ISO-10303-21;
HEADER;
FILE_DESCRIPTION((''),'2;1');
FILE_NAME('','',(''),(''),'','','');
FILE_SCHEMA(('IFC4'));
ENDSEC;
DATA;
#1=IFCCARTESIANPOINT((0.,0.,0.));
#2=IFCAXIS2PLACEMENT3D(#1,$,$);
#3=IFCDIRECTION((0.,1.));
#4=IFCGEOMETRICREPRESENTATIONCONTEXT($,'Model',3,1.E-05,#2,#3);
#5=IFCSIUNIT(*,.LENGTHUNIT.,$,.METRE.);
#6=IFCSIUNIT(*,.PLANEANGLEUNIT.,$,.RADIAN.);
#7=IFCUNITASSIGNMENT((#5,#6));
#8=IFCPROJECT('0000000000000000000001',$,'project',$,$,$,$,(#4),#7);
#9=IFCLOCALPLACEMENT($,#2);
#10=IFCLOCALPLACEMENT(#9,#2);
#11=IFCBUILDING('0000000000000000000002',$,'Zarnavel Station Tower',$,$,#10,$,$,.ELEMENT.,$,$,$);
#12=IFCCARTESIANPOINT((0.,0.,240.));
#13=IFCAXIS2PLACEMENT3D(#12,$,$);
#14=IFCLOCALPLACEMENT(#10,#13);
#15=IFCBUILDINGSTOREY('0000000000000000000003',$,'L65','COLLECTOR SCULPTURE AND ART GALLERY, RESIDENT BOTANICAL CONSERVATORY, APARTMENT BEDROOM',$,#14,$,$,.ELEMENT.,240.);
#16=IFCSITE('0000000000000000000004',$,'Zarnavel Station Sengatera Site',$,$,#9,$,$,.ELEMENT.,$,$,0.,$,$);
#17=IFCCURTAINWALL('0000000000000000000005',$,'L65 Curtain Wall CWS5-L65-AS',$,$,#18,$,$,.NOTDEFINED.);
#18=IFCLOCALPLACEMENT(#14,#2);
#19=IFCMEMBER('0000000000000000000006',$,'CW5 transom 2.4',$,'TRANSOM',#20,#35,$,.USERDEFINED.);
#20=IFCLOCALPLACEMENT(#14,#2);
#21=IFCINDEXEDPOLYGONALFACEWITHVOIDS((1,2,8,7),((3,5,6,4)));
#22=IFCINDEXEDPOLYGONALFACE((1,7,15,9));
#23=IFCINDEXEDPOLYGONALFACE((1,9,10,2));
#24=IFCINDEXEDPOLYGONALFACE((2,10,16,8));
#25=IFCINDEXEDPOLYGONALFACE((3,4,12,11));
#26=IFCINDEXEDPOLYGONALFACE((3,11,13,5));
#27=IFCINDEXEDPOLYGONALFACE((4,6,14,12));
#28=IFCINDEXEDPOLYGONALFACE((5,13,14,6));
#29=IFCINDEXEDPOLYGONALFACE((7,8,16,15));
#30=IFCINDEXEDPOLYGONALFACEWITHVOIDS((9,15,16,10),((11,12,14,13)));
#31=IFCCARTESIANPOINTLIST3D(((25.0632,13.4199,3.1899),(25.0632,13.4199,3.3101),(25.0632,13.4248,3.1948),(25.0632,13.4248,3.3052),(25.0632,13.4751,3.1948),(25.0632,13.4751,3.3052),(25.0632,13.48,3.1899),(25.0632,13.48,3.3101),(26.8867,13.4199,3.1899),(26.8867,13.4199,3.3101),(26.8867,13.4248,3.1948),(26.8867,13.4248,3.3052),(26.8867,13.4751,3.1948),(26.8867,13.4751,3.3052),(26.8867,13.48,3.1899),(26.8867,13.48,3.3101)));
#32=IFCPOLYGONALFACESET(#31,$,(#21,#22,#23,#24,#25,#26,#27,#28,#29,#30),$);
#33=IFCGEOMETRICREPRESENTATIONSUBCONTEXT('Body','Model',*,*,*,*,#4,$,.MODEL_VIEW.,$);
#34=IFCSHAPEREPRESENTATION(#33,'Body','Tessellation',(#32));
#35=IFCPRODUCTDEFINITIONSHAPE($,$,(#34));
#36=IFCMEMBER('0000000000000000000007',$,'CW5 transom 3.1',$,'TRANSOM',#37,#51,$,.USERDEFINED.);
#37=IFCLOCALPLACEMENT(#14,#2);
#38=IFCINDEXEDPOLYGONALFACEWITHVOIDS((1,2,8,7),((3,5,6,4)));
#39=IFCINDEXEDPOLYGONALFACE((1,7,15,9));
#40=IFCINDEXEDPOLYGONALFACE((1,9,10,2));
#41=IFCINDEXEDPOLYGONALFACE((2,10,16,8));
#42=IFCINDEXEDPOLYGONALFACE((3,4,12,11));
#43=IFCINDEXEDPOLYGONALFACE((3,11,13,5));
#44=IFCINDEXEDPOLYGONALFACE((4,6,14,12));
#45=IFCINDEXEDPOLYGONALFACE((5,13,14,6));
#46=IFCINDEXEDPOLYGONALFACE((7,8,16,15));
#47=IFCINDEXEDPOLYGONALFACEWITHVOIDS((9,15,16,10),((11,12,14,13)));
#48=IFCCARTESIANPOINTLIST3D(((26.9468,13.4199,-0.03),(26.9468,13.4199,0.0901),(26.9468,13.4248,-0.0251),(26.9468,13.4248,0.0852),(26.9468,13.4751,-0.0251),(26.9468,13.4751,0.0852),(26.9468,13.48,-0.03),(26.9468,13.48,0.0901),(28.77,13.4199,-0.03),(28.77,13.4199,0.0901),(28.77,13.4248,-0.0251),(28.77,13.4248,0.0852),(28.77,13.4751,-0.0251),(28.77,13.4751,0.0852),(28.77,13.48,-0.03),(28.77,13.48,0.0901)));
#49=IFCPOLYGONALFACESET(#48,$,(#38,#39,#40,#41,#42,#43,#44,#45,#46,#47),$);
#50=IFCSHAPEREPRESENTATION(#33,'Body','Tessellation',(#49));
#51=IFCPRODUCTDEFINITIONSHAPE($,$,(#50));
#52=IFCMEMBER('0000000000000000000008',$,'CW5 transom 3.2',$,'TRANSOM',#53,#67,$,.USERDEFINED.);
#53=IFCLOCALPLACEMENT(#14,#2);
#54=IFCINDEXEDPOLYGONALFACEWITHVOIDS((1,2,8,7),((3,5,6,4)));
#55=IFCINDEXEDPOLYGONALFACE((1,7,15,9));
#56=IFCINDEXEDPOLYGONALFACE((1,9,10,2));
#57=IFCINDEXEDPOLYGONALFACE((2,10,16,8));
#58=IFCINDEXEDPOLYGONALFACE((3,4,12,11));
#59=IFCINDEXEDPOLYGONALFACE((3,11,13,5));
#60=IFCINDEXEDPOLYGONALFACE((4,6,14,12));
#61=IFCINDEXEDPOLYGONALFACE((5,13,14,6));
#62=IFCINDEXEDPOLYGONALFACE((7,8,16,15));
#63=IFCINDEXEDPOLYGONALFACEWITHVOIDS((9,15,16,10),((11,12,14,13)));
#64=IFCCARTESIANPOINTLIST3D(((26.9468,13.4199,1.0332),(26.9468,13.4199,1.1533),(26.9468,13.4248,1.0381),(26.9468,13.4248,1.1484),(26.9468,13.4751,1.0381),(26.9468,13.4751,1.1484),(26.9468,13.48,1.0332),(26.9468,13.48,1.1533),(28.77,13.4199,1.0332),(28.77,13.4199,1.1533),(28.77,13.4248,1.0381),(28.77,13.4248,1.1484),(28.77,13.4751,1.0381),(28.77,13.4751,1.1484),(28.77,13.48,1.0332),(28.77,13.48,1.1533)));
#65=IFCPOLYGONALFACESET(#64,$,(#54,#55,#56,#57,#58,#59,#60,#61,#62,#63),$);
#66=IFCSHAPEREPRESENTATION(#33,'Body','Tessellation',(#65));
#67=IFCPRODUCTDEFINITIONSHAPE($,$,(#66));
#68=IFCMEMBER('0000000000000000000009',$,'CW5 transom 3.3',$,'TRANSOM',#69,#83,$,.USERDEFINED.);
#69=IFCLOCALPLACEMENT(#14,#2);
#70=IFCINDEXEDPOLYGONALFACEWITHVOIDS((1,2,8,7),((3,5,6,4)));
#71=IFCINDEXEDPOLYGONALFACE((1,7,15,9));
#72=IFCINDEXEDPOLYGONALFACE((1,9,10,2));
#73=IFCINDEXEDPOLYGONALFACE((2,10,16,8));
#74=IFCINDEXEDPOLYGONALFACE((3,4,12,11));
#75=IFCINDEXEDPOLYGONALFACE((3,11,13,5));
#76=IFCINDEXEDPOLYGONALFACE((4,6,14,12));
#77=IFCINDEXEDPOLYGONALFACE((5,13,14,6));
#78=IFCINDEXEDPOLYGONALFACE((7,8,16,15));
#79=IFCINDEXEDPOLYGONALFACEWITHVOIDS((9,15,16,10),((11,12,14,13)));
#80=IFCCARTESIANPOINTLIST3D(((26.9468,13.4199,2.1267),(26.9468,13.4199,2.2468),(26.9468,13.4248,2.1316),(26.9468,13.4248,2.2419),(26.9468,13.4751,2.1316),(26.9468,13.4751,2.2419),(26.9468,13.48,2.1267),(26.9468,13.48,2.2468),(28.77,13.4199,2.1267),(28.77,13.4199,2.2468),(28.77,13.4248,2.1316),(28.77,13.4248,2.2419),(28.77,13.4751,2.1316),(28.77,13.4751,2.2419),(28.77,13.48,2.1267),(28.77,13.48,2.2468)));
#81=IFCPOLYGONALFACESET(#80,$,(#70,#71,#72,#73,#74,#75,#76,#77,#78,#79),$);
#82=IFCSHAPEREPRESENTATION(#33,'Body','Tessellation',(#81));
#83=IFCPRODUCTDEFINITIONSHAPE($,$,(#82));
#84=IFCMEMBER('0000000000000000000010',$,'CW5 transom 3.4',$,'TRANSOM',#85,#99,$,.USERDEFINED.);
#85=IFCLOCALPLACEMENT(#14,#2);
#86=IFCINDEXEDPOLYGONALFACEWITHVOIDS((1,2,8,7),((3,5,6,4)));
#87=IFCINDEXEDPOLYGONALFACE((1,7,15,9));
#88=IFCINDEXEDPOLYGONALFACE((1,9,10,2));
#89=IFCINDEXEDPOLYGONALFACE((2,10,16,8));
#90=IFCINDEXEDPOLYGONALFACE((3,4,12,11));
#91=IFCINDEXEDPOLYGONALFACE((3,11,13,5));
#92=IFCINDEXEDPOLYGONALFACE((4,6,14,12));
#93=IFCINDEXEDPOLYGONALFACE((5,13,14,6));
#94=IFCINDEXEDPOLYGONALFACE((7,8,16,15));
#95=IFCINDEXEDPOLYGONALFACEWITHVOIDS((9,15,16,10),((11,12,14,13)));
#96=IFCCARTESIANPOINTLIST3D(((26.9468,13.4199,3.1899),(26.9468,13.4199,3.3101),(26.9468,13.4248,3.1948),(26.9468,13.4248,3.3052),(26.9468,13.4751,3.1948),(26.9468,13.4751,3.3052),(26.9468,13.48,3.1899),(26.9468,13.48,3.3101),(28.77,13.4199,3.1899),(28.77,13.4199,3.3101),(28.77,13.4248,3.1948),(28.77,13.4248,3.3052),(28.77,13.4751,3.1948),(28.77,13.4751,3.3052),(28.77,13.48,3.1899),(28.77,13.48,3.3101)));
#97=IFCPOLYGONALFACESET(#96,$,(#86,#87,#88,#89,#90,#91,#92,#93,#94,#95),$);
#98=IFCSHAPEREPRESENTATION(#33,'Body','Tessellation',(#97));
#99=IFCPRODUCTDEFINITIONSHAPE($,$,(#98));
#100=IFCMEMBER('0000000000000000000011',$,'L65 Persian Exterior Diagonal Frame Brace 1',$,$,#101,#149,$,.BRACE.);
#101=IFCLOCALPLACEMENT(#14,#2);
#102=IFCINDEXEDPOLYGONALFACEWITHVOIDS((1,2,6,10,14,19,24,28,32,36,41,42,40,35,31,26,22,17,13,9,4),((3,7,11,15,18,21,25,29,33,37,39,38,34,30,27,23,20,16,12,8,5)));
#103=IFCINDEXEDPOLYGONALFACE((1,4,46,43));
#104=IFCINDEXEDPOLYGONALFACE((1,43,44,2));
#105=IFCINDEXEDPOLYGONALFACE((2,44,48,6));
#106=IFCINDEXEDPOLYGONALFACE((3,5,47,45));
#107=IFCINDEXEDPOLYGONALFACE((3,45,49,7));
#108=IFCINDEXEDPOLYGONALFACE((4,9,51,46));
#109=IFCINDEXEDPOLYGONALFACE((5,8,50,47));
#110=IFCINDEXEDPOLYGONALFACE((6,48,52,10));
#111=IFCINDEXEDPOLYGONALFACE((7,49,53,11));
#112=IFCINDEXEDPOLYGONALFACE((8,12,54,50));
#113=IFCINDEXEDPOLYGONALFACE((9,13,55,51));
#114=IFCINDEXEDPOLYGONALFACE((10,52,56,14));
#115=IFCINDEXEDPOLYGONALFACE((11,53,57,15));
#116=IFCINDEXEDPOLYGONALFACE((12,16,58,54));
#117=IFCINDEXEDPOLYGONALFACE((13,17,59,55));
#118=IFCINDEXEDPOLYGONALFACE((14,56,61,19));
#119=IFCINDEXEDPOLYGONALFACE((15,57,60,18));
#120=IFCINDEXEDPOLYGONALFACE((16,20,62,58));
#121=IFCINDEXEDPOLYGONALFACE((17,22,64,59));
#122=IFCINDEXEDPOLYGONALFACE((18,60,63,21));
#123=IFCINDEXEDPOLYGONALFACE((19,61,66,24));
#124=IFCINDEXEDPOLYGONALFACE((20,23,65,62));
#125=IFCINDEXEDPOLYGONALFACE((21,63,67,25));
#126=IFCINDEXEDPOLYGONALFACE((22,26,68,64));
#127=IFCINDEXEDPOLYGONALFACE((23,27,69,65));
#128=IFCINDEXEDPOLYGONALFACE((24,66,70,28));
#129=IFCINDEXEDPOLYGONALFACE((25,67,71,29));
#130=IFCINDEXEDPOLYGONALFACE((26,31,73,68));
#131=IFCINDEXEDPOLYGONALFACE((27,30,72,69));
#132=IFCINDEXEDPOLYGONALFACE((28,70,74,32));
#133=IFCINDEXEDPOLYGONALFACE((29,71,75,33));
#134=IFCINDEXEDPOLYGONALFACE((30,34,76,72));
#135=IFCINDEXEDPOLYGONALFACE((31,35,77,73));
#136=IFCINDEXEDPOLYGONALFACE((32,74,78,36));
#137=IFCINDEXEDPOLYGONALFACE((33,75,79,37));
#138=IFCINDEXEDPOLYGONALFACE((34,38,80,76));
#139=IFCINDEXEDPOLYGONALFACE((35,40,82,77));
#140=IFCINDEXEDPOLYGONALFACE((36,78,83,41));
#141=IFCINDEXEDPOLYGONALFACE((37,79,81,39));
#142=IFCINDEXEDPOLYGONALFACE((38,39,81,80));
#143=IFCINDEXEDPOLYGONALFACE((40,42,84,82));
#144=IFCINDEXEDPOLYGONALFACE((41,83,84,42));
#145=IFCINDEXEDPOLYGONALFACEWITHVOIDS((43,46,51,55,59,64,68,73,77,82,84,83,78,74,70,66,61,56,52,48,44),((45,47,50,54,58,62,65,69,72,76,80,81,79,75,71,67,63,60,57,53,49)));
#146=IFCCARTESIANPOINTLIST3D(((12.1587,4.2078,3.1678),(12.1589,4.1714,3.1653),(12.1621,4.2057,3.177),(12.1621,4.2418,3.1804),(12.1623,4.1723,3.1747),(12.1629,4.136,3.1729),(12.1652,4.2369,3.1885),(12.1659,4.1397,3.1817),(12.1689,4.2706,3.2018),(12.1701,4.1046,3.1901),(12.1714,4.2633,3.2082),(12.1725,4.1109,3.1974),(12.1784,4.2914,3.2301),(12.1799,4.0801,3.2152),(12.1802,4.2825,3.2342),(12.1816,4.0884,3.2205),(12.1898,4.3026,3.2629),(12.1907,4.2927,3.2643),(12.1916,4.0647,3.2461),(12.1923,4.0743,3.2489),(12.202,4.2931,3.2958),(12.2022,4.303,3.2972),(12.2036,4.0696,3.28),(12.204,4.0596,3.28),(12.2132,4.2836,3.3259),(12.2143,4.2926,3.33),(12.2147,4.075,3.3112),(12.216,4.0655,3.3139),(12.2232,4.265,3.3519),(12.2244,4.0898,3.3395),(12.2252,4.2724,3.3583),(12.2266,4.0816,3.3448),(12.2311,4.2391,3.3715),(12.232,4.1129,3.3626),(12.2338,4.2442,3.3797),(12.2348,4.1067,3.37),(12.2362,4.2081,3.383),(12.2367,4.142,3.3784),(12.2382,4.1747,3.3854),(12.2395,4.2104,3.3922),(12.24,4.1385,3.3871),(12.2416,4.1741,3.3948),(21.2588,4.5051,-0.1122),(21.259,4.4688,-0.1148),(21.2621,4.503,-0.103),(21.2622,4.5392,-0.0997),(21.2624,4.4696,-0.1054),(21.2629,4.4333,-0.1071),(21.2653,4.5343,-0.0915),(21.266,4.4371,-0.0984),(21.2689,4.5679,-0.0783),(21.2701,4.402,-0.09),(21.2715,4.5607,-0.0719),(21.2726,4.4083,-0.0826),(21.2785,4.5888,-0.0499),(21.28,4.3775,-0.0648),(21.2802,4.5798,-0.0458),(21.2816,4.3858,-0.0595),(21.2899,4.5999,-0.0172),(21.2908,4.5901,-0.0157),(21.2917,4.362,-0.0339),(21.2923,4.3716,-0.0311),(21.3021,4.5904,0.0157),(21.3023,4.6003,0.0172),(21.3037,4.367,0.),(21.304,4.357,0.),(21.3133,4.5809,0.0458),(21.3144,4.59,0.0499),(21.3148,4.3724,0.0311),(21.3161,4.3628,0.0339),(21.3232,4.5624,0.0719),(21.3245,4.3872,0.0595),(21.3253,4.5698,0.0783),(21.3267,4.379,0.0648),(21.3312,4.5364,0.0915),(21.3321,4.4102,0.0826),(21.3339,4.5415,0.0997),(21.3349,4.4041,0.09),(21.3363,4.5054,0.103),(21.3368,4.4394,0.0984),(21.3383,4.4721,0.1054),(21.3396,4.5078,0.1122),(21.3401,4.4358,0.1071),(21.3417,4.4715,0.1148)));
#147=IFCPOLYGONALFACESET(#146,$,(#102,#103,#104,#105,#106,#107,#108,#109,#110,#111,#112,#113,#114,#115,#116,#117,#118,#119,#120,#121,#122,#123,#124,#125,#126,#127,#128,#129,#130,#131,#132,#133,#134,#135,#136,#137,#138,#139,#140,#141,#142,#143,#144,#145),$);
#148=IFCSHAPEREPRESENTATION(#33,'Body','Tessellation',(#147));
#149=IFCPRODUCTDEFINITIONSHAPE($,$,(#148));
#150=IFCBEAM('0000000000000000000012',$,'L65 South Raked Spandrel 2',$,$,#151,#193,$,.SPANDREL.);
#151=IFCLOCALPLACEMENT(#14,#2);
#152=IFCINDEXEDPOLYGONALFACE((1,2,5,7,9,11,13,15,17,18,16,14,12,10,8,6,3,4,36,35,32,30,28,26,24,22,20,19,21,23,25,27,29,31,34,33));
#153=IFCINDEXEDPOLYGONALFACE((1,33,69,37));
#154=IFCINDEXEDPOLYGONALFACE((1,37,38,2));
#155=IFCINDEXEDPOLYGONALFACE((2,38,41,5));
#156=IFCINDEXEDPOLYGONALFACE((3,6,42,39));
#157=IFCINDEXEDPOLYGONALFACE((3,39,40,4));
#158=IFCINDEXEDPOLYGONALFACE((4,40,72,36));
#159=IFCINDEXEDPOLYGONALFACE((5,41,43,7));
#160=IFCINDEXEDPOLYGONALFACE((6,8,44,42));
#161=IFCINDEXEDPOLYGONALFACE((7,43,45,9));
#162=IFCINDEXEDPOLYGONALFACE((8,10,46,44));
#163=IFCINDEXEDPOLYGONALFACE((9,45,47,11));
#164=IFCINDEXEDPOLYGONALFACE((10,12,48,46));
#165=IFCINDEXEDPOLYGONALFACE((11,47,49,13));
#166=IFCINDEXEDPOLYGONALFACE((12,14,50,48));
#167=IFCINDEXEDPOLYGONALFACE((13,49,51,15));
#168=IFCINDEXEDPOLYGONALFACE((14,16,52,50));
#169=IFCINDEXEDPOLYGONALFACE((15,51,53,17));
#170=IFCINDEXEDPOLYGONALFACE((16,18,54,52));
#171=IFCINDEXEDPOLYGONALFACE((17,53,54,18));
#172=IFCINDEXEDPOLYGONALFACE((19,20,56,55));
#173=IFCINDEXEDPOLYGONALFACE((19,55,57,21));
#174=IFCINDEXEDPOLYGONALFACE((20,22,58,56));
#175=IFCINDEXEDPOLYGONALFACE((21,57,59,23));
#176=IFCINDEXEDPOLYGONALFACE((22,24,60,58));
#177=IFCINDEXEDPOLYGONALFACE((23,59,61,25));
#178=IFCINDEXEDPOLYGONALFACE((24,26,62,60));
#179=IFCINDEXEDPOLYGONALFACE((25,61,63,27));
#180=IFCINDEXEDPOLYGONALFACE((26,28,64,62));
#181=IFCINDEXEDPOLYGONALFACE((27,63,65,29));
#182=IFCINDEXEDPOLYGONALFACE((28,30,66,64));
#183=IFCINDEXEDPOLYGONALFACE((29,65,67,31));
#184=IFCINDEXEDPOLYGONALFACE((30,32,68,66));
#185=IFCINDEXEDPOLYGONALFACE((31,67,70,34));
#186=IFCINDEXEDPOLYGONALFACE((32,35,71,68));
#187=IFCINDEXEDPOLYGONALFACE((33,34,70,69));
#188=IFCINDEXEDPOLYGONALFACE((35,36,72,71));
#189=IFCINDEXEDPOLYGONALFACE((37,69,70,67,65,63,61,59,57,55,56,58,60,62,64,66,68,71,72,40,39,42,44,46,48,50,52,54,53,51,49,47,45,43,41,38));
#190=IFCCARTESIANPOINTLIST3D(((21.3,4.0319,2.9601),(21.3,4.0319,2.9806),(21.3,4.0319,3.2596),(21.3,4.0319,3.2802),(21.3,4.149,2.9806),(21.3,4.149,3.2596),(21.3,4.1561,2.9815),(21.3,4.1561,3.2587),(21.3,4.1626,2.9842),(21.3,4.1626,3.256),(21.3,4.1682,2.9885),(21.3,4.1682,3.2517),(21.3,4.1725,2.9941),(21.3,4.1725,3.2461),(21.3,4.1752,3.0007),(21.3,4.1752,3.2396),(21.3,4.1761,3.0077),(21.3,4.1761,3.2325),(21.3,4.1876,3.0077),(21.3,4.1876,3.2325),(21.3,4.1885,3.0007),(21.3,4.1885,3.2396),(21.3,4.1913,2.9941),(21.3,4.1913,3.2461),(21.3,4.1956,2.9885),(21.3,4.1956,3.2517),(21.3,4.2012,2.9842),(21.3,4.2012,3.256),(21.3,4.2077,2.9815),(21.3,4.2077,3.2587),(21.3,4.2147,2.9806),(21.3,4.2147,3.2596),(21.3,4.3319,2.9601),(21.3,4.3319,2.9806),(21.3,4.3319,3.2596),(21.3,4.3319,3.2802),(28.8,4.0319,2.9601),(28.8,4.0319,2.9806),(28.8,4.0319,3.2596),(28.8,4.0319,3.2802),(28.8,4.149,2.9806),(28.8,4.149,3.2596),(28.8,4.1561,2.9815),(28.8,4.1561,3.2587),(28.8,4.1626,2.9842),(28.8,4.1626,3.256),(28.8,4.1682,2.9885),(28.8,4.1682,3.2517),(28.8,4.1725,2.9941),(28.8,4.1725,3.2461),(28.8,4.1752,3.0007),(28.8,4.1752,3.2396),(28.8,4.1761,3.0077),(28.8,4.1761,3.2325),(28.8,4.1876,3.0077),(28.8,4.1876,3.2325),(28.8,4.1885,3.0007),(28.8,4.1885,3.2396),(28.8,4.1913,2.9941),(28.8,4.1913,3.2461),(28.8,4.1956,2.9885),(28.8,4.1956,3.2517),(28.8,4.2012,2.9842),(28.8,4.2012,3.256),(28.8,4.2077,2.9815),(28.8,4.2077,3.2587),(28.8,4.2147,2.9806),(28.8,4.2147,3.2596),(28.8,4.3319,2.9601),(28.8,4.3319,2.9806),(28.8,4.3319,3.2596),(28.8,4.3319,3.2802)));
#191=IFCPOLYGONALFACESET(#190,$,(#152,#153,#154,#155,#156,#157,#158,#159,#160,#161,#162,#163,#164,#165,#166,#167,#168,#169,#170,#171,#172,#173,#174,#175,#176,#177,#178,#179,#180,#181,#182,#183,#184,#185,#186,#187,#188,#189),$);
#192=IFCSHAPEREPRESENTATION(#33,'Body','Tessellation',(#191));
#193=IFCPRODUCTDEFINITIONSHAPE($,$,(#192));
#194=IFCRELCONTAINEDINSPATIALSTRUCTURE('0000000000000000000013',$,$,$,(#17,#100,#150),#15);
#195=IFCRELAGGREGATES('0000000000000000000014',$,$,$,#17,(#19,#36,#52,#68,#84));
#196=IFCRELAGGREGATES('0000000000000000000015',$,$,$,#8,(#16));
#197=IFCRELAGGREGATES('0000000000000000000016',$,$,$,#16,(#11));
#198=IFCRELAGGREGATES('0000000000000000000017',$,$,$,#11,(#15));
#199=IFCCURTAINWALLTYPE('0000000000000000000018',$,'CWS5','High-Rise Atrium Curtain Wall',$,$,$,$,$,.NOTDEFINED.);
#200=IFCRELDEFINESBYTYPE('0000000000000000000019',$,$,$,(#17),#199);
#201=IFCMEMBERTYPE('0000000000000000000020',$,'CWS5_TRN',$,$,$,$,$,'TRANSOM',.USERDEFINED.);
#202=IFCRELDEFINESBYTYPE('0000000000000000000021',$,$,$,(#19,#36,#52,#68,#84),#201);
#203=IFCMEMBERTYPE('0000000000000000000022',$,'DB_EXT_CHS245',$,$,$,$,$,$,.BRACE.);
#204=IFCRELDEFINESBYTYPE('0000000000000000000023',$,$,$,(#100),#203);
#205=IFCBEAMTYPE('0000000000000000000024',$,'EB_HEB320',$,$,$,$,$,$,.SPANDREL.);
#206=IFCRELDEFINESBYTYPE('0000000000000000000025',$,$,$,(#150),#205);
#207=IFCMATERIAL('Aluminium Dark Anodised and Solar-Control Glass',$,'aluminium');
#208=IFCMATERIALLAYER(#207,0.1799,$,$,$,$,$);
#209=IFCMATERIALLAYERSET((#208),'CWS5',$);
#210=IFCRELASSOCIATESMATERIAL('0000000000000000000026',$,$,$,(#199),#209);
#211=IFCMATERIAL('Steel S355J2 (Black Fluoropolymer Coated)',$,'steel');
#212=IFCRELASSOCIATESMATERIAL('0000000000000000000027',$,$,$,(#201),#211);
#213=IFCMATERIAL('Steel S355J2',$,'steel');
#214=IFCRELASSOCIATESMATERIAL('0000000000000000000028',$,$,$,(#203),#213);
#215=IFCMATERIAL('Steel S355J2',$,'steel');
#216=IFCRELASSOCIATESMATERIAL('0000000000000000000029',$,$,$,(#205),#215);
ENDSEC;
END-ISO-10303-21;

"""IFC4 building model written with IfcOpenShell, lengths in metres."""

from ifc_helpers import new_model, si_unit, direction, frame, origin, origin_2d, place, context, subcontext, project, spatial, hollow_rectangle, hollow_circle, i_section, extrude, material, layer, layer_set, material_profile, profile_set, type_object, element, aggregate, save


model = new_model("IFC4")

# Units and contexts
model_context = context("Model", 3, precision=1e-05, world=origin(), true_north=direction((0.0, 1.0)))
body_context = subcontext(model_context, "Body", "Model", "MODEL_VIEW")
ifc_project = project(units=[si_unit("LENGTHUNIT", "METRE"), si_unit("PLANEANGLEUNIT", "RADIAN")], contexts=[model_context])

# Site, building, storey
site_placement = place(None, origin())
site = spatial("IfcSite", under=ifc_project, at=site_placement, Name="Zarnavel Station Sengatera Site", CompositionType="ELEMENT", RefElevation=0.0)
building_placement = place(site_placement, origin())
building = spatial("IfcBuilding", under=site, at=building_placement, Name="Zarnavel Station Tower", CompositionType="ELEMENT")
storey_placement = place(building_placement, frame((0.0, 0.0, 240.0)))
storey = spatial("IfcBuildingStorey", under=building, at=storey_placement, Name="L65", Description="COLLECTOR SCULPTURE AND ART GALLERY, RESIDENT BOTANICAL CONSERVATORY, APARTMENT BEDROOM", CompositionType="ELEMENT", Elevation=240.0)

# Curtain wall, members
ifc_material_1 = material(Name="Aluminium Dark Anodised and Solar-Control Glass", Category="aluminium")
ifc_layer_1 = layer(ifc_material_1, 0.1799)
ifc_layer_set_1 = layer_set([ifc_layer_1], Name="CWS5")
curtain_wall_type = type_object("IfcCurtainWallType", Name="CWS5", Description="High-Rise Atrium Curtain Wall", PredefinedType="NOTDEFINED", material=ifc_layer_set_1)
curtain_wall_placement = place(storey_placement, origin())
curtain_wall = element("IfcCurtainWall", 1, at=curtain_wall_placement, inside=storey, type_object=curtain_wall_type, Name="L65 Curtain Wall CWS5-L65-AS", PredefinedType="NOTDEFINED")
ifc_material_2 = material(Name="Steel S355J2 (Black Fluoropolymer Coated)", Category="steel")
ifc_material_profile_1 = material_profile(ifc_material_2, hollow_rectangle(XDim=0.0601, YDim=0.1201, WallThickness=0.0049, at=origin_2d()), Name="RHS120x60x5")
ifc_profile_set_1 = profile_set([ifc_material_profile_1], Name="Steel S355J2 (Black Fluoropolymer Coated)")
member_type_1 = type_object("IfcMemberType", Name="CWS5_TRN", ElementType="TRANSOM", PredefinedType="USERDEFINED", material=ifc_profile_set_1)
member_1_placement = place(storey_placement, frame((25.0632, 13.45, 3.25), z_axis=(1.0, 0.0, 0.0), x_axis=(0.0, 1.0, 0.0)))
member_1 = element("IfcMember", 2, at=member_1_placement, type_object=member_type_1, Name="CW5 transom 2.4", ObjectType="TRANSOM", PredefinedType="USERDEFINED", context=body_context, shape_type="SweptSolid", body=[
    extrude(hollow_rectangle(XDim=0.0601, YDim=0.1201, WallThickness=0.0049, at=origin_2d()), origin(), (0.0, 0.0, 1.0), 1.8235),
])
member_2_placement = place(storey_placement, frame((26.9468, 13.45, 0.03), z_axis=(1.0, 0.0, 0.0), x_axis=(0.0, 1.0, 0.0)))
member_2 = element("IfcMember", 3, at=member_2_placement, type_object=member_type_1, Name="CW5 transom 3.1", ObjectType="TRANSOM", PredefinedType="USERDEFINED", context=body_context, shape_type="SweptSolid", body=[
    extrude(hollow_rectangle(XDim=0.0601, YDim=0.1201, WallThickness=0.0049, at=origin_2d()), origin(), (0.0, 0.0, 1.0), 1.8232),
])
member_3_placement = place(storey_placement, frame((26.9468, 13.45, 1.0933), z_axis=(1.0, 0.0, 0.0), x_axis=(0.0, 1.0, 0.0)))
member_3 = element("IfcMember", 4, at=member_3_placement, type_object=member_type_1, Name="CW5 transom 3.2", ObjectType="TRANSOM", PredefinedType="USERDEFINED", context=body_context, shape_type="SweptSolid", body=[
    extrude(hollow_rectangle(XDim=0.0601, YDim=0.1201, WallThickness=0.0049, at=origin_2d()), origin(), (0.0, 0.0, 1.0), 1.8232),
])
member_4_placement = place(storey_placement, frame((26.9468, 13.45, 2.1868), z_axis=(1.0, 0.0, 0.0), x_axis=(0.0, 1.0, 0.0)))
member_4 = element("IfcMember", 5, at=member_4_placement, type_object=member_type_1, Name="CW5 transom 3.3", ObjectType="TRANSOM", PredefinedType="USERDEFINED", context=body_context, shape_type="SweptSolid", body=[
    extrude(hollow_rectangle(XDim=0.0601, YDim=0.1201, WallThickness=0.0049, at=origin_2d()), origin(), (0.0, 0.0, 1.0), 1.8232),
])
member_5_placement = place(storey_placement, frame((26.9468, 13.45, 3.25), z_axis=(1.0, 0.0, 0.0), x_axis=(0.0, 1.0, 0.0)))
member_5 = element("IfcMember", 6, at=member_5_placement, type_object=member_type_1, Name="CW5 transom 3.4", ObjectType="TRANSOM", PredefinedType="USERDEFINED", context=body_context, shape_type="SweptSolid", body=[
    extrude(hollow_rectangle(XDim=0.0601, YDim=0.1201, WallThickness=0.0049, at=origin_2d()), origin(), (0.0, 0.0, 1.0), 1.8232),
])

# Member
ifc_material_3 = material(Name="Steel S355J2", Category="steel")
ifc_material_profile_2 = material_profile(ifc_material_3, hollow_circle(Radius=0.1223, WallThickness=0.01, at=origin_2d()), Name="CHS244.5x10")
ifc_profile_set_2 = profile_set([ifc_material_profile_2], Name="Steel S355J2")
member_type_2 = type_object("IfcMemberType", Name="DB_EXT_CHS245", PredefinedType="BRACE", material=ifc_profile_set_2)
member_6_placement = place(storey_placement, frame((21.3, 4.4792, 0.0), z_axis=(-0.940312, -0.030726, 0.338925), x_axis=(0.03266, -0.999467, 0.0)))
element("IfcMember", 7, at=member_6_placement, inside=storey, type_object=member_type_2, Name="L65 Persian Exterior Diagonal Frame Brace 1", PredefinedType="BRACE", context=body_context, shape_type="SweptSolid", body=[
    extrude(hollow_circle(Radius=0.1223, WallThickness=0.01, at=origin_2d()), origin(), (0.0, 0.0, 1.0), 9.6777),
])

# Beam
ifc_material_4 = material(Name="Steel S355J2", Category="steel")
ifc_material_profile_3 = material_profile(ifc_material_4, i_section(OverallWidth=0.3, OverallDepth=0.3201, WebThickness=0.0115, FlangeThickness=0.0205, FilletRadius=0.0271, at=origin_2d()), Name="HEB320")
ifc_profile_set_3 = profile_set([ifc_material_profile_3], Name="Steel S355J2")
beam_type_1 = type_object("IfcBeamType", Name="EB_HEB320", PredefinedType="SPANDREL", material=ifc_profile_set_3)
beam_1_placement = place(storey_placement, frame((21.3, 4.1819, 3.1201), z_axis=(1.0, 0.0, 0.0), x_axis=(0.0, 1.0, 0.0)))
element("IfcBeam", 8, at=beam_1_placement, inside=storey, type_object=beam_type_1, Name="L65 South Raked Spandrel 2", PredefinedType="SPANDREL", context=body_context, shape_type="SweptSolid", body=[
    extrude(i_section(OverallWidth=0.3, OverallDepth=0.3201, WebThickness=0.0115, FlangeThickness=0.0205, FilletRadius=0.0271, at=origin_2d()), origin(), (0.0, 0.0, 1.0), 7.5),
])

aggregate(curtain_wall, [member_1, member_2, member_3, member_4, member_5])

save(model, "model.ifc")
